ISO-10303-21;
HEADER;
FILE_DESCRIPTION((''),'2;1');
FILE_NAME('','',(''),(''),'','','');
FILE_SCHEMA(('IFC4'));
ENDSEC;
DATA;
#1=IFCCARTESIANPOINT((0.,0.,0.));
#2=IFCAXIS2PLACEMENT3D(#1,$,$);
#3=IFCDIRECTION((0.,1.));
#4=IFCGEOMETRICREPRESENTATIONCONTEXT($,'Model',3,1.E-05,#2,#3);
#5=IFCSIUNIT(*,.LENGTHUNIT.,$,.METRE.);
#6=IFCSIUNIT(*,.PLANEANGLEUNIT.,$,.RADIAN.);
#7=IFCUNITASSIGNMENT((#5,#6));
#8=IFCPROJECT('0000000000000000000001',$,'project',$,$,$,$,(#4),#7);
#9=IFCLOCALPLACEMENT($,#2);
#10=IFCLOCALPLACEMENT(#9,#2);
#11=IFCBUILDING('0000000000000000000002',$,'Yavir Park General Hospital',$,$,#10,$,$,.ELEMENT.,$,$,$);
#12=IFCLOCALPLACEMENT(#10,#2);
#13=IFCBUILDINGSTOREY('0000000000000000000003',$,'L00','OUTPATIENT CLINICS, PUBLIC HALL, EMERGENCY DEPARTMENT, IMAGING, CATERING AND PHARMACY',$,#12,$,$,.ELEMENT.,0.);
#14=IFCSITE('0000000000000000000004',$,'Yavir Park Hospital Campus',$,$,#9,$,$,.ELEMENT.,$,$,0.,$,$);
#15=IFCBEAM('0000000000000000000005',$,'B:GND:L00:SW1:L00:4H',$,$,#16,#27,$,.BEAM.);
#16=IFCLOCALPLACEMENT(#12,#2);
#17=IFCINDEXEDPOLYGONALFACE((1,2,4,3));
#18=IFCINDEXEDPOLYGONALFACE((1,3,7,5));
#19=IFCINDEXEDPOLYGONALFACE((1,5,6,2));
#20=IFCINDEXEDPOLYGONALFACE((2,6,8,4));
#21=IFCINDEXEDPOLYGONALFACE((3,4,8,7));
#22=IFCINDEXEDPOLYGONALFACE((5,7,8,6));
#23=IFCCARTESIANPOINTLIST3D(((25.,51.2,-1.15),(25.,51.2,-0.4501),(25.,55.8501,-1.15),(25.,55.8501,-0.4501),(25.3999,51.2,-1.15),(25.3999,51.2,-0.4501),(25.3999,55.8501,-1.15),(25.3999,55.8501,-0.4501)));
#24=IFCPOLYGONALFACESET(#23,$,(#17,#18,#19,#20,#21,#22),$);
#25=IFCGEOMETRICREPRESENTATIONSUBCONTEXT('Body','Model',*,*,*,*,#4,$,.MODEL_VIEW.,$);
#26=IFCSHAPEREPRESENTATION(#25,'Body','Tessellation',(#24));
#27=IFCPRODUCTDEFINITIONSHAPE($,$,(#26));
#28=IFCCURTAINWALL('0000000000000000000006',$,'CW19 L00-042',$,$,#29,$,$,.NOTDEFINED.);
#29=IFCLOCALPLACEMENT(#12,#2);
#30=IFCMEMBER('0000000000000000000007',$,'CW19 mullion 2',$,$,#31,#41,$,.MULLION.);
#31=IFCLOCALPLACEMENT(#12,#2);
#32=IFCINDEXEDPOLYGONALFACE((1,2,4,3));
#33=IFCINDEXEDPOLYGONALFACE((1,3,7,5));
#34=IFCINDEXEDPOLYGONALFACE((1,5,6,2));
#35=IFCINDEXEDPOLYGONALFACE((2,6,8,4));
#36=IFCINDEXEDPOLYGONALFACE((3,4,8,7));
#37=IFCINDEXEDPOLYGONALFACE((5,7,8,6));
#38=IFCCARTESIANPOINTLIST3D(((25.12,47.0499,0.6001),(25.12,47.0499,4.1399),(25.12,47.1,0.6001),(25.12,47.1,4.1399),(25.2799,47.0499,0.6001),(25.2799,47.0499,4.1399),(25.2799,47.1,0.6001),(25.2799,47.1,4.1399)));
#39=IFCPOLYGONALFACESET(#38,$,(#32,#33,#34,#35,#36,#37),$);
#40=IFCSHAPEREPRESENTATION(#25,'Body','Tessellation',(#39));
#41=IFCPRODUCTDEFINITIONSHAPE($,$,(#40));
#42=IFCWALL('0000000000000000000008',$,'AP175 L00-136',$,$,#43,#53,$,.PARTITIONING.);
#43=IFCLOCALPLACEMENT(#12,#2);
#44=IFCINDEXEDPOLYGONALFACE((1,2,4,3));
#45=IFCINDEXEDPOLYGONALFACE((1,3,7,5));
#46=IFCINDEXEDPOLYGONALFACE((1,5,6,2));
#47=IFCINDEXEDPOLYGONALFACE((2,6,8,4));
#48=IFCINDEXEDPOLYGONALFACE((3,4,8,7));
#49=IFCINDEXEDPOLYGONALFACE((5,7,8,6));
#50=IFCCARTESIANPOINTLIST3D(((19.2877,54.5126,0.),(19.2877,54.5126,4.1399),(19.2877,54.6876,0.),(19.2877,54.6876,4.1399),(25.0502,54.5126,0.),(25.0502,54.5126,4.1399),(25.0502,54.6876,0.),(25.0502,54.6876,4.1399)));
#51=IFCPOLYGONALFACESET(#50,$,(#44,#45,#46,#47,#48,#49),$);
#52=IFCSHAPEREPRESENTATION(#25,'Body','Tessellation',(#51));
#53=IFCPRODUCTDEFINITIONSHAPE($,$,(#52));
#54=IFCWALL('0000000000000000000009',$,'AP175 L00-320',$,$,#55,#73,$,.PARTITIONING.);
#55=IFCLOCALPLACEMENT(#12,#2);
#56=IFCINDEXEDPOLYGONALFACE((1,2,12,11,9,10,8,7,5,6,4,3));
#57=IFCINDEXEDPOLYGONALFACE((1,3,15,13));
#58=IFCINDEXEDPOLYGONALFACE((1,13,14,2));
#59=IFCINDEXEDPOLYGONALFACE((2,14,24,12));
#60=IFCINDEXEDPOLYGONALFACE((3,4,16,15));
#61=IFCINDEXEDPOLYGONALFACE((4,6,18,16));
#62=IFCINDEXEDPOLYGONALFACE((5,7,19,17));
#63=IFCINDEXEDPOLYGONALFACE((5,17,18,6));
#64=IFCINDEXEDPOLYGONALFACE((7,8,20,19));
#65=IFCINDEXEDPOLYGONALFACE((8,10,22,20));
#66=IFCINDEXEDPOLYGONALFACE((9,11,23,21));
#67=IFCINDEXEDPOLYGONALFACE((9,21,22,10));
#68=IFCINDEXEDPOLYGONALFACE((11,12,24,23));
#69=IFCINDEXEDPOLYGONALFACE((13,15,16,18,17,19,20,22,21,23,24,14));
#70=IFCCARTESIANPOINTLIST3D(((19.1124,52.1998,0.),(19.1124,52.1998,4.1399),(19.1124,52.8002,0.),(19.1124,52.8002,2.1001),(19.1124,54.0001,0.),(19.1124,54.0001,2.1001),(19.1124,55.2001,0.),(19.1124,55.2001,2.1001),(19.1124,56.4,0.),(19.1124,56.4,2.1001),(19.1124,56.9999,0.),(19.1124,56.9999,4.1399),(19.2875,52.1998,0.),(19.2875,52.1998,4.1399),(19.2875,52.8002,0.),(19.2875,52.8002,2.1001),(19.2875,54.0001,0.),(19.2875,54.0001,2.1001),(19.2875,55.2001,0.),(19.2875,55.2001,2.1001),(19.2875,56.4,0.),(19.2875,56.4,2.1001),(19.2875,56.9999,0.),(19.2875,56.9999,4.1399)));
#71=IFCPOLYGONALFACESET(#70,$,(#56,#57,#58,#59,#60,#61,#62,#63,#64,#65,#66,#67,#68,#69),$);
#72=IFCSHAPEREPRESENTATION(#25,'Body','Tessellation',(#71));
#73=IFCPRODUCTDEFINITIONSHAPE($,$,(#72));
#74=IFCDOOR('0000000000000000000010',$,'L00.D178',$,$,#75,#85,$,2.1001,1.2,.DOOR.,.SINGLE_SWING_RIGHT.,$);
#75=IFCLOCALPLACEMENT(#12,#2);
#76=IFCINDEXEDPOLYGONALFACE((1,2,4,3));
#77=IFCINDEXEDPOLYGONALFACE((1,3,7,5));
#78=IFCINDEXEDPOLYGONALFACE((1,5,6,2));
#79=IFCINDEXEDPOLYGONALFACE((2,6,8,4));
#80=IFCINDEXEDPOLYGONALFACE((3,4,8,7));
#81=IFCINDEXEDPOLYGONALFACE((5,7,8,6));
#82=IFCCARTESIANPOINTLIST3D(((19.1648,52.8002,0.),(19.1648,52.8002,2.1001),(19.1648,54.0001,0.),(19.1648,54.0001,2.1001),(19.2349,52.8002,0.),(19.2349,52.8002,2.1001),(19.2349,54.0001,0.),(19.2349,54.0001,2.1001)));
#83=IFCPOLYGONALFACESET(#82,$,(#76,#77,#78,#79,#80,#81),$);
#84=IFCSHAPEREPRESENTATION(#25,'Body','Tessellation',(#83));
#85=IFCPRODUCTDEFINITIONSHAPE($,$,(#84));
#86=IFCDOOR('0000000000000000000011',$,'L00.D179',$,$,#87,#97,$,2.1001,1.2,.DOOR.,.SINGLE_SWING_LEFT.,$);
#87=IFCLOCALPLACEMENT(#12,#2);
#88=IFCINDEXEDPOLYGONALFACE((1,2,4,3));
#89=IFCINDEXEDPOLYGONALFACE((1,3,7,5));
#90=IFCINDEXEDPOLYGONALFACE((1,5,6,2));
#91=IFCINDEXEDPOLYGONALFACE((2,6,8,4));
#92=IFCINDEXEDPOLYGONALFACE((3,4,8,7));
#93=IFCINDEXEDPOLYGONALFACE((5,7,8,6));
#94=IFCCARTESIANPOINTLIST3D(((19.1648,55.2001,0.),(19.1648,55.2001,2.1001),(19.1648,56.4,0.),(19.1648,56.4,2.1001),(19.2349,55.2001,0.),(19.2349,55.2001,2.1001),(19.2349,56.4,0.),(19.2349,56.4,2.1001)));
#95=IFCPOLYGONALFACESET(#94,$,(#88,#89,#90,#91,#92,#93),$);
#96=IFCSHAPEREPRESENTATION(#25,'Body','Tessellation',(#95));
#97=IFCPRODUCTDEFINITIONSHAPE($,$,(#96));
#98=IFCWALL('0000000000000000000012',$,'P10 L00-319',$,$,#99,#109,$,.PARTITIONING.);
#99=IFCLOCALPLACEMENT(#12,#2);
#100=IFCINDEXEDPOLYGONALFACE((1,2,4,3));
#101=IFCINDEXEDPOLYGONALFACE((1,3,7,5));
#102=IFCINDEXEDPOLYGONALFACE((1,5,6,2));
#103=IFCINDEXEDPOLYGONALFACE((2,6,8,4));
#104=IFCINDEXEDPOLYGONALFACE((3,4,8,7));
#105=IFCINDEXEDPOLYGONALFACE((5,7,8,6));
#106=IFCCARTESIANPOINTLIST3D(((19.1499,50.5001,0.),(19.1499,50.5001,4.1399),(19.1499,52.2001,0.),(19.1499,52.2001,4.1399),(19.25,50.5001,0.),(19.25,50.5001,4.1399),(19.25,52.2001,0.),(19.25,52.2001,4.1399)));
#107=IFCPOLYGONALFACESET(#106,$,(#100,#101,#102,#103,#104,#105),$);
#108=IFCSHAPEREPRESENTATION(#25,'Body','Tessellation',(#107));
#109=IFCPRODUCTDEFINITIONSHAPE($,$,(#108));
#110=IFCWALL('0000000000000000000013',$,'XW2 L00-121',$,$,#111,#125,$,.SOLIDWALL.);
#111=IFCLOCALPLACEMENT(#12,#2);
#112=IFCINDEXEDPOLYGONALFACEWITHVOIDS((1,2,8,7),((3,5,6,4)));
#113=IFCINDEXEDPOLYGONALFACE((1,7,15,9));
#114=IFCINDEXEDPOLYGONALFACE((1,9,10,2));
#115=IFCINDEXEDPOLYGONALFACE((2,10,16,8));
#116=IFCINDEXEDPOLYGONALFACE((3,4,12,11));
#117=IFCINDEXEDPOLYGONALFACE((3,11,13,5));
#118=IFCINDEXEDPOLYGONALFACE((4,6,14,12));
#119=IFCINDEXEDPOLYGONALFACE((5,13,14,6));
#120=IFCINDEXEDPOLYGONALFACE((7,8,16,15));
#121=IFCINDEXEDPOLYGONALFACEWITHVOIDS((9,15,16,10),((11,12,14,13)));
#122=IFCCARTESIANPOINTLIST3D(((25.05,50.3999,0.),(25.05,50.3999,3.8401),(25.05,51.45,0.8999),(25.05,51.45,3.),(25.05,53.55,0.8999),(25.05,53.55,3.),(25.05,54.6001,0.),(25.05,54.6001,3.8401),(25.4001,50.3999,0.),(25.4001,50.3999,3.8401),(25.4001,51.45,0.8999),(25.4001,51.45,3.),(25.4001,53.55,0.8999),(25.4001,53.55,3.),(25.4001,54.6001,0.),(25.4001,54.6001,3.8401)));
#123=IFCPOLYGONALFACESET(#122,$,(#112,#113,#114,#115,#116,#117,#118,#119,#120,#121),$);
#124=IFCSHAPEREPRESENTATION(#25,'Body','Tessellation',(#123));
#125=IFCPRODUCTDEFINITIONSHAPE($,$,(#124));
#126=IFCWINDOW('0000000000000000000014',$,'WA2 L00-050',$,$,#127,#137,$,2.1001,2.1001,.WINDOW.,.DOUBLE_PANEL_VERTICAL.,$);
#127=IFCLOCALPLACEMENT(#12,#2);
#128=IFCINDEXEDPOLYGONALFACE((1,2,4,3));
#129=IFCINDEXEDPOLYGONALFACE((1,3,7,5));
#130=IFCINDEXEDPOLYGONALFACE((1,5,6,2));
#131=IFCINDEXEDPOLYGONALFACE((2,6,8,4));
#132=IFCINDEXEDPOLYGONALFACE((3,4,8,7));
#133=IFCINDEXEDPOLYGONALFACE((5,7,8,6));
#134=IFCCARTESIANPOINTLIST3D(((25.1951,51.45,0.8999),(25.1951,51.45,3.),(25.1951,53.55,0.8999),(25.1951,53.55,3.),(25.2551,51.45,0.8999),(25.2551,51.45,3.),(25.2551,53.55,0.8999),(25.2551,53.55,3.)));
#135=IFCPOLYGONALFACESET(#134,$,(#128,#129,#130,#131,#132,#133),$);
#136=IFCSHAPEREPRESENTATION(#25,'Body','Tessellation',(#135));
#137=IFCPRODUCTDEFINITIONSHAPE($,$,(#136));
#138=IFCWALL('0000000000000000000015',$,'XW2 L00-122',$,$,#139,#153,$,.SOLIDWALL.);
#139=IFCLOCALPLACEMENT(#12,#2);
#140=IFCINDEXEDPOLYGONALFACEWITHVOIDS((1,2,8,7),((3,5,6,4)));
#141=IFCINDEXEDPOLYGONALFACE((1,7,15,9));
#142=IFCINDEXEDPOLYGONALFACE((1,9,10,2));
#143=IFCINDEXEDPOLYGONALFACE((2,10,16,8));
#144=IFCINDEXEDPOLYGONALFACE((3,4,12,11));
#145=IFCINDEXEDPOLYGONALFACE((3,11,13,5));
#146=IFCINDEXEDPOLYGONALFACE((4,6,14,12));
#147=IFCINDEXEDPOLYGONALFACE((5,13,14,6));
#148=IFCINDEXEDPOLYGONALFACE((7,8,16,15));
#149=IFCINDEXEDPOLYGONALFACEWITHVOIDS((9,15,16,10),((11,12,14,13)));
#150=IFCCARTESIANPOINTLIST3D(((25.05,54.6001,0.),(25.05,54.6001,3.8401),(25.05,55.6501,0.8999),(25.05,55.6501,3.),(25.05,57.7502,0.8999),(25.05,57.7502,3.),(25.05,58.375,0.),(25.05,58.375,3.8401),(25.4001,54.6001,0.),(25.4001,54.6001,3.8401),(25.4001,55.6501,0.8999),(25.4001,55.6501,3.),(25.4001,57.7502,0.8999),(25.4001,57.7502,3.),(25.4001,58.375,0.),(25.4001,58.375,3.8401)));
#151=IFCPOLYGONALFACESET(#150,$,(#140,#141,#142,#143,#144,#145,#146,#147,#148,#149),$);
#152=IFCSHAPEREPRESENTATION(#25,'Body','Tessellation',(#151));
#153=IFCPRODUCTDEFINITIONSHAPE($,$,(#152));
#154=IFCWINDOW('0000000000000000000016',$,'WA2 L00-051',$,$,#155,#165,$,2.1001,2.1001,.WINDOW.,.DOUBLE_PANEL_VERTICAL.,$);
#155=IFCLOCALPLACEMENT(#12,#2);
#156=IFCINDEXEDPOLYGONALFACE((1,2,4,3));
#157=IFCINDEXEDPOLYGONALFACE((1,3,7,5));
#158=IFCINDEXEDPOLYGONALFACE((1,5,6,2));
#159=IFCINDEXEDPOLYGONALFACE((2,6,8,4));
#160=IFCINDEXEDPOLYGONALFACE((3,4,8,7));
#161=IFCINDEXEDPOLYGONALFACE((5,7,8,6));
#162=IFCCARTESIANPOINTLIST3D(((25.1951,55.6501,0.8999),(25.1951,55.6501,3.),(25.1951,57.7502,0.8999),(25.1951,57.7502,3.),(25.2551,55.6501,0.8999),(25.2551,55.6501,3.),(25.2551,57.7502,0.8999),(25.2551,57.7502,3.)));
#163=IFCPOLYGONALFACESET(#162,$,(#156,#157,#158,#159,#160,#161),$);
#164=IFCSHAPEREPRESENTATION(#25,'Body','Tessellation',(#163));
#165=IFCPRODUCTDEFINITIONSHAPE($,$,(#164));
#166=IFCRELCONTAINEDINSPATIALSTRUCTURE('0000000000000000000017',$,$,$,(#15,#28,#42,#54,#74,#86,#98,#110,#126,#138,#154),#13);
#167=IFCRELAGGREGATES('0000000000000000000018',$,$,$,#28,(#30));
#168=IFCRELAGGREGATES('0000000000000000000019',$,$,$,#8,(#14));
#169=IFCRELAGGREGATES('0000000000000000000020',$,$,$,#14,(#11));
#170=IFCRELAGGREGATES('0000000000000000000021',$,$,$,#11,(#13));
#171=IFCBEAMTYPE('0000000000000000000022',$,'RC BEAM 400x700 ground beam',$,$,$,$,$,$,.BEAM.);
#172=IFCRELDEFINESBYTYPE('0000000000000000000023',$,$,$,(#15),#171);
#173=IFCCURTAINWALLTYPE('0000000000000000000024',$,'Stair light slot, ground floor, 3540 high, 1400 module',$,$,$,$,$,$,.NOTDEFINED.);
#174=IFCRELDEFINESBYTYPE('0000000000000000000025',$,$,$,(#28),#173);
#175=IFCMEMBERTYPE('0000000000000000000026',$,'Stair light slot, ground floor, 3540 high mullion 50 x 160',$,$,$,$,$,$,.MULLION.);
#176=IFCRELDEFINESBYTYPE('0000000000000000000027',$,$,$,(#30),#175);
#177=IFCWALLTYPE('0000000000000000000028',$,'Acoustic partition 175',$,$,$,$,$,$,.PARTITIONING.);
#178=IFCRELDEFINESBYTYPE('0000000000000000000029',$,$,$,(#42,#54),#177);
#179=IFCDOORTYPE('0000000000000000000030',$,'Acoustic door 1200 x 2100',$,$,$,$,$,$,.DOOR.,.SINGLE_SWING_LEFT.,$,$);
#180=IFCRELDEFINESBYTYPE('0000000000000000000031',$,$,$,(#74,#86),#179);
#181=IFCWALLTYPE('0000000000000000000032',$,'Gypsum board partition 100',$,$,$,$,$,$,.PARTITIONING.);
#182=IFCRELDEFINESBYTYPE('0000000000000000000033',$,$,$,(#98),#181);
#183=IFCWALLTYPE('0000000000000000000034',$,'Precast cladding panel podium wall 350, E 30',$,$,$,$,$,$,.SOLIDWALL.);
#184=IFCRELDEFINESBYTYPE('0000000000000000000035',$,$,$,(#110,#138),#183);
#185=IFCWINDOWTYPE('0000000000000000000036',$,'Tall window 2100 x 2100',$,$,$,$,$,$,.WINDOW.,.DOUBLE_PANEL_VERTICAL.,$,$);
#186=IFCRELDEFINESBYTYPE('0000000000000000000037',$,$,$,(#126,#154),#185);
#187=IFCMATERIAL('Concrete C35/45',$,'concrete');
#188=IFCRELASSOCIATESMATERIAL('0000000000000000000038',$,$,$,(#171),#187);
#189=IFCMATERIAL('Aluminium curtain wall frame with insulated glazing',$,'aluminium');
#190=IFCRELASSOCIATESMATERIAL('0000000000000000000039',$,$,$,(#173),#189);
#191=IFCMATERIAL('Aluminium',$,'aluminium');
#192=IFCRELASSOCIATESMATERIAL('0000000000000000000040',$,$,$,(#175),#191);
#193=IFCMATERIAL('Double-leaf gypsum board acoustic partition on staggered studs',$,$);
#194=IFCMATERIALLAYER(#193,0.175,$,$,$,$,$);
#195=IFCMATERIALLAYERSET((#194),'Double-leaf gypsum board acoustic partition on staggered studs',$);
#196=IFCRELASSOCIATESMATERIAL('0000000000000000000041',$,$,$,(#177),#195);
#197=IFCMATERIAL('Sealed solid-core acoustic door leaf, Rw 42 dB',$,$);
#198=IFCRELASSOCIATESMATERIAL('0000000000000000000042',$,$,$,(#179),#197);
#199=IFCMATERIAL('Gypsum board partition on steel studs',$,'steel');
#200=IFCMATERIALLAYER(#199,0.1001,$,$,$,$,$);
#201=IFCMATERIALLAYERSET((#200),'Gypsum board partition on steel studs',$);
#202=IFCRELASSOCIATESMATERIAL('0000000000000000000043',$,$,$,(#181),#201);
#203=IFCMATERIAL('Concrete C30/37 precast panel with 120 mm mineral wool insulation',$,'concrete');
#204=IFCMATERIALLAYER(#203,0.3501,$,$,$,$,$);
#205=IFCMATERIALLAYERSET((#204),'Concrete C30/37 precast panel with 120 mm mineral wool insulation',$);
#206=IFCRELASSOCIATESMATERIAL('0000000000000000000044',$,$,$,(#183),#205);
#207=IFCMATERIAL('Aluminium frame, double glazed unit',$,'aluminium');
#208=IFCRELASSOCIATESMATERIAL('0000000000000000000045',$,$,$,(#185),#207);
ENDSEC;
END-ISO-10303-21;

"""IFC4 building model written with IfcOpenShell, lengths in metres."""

from ifc_helpers import new_model, si_unit, direction, frame, frame_2d, origin, origin_2d, place, context, subcontext, project, spatial, rectangle, extrude, material, layer, layer_set, material_profile, profile_set, type_object, element, fill, aggregate, save


model = new_model("IFC4")

# Units and contexts
model_context = context("Model", 3, precision=1e-05, world=origin(), true_north=direction((0.0, 1.0)))
body_context = subcontext(model_context, "Body", "Model", "MODEL_VIEW")
ifc_project = project(units=[si_unit("LENGTHUNIT", "METRE"), si_unit("PLANEANGLEUNIT", "RADIAN")], contexts=[model_context])

# Site, building, storey
site_placement = place(None, origin())
site = spatial("IfcSite", under=ifc_project, at=site_placement, Name="Yavir Park Hospital Campus", CompositionType="ELEMENT", RefElevation=0.0)
building_placement = place(site_placement, origin())
building = spatial("IfcBuilding", under=site, at=building_placement, Name="Yavir Park General Hospital", CompositionType="ELEMENT")
storey_placement = place(building_placement, origin())
storey = spatial("IfcBuildingStorey", under=building, at=storey_placement, Name="L00", Description="OUTPATIENT CLINICS, PUBLIC HALL, EMERGENCY DEPARTMENT, IMAGING, CATERING AND PHARMACY", CompositionType="ELEMENT", Elevation=0.0)

# Beam
ifc_material_1 = material(Name="Concrete C35/45", Category="concrete")
ifc_material_profile_1 = material_profile(ifc_material_1, rectangle(XDim=0.3999, YDim=0.7, at=origin_2d()), Name="RC400x700")
ifc_profile_set_1 = profile_set([ifc_material_profile_1], Name="Concrete C35/45")
beam_type_1 = type_object("IfcBeamType", Name="RC BEAM 400x700 ground beam", PredefinedType="BEAM", material=ifc_profile_set_1)
beam_1_placement = place(storey_placement, frame((25.2, 51.2, -0.8), z_axis=(0.0, 1.0, 0.0), x_axis=(-1.0, 0.0, 0.0)))
element("IfcBeam", 1, at=beam_1_placement, inside=storey, type_object=beam_type_1, Name="B:GND:L00:SW1:L00:4H", PredefinedType="BEAM", context=body_context, shape_type="SweptSolid", body=[
    extrude(rectangle(XDim=0.3999, YDim=0.7, at=origin_2d()), origin(), (0.0, 0.0, 1.0), 4.6501),
])

# Curtain wall, member
ifc_material_2 = material(Name="Aluminium curtain wall frame with insulated glazing", Category="aluminium")
curtain_wall_type = type_object("IfcCurtainWallType", Name="Stair light slot, ground floor, 3540 high, 1400 module", PredefinedType="NOTDEFINED", material=ifc_material_2)
curtain_wall_placement = place(storey_placement, origin())
curtain_wall = element("IfcCurtainWall", 2, at=curtain_wall_placement, inside=storey, type_object=curtain_wall_type, Name="CW19 L00-042", PredefinedType="NOTDEFINED")
ifc_material_3 = material(Name="Aluminium", Category="aluminium")
ifc_material_profile_2 = material_profile(ifc_material_3, rectangle(XDim=0.1599, YDim=0.05, at=origin_2d()), Name="AL 50x160")
ifc_profile_set_2 = profile_set([ifc_material_profile_2], Name="Aluminium")
member_type = type_object("IfcMemberType", Name="Stair light slot, ground floor, 3540 high mullion 50 x 160", PredefinedType="MULLION", material=ifc_profile_set_2)
member_placement = place(storey_placement, frame((25.2, 47.075, 0.6001), z_axis=(0.0, 0.0, 1.0), x_axis=(-1.0, 0.0, 0.0)))
member = element("IfcMember", 3, at=member_placement, type_object=member_type, Name="CW19 mullion 2", PredefinedType="MULLION", context=body_context, shape_type="SweptSolid", body=[
    extrude(rectangle(XDim=0.1599, YDim=0.05, at=origin_2d()), origin(), (0.0, 0.0, 1.0), 3.5398),
])
aggregate(curtain_wall, [member])

# Wall
ifc_material_4 = material(Name="Double-leaf gypsum board acoustic partition on staggered studs")
ifc_layer_1 = layer(ifc_material_4, 0.175)
ifc_layer_set_1 = layer_set([ifc_layer_1], Name="Double-leaf gypsum board acoustic partition on staggered studs")
wall_type_1 = type_object("IfcWallType", Name="Acoustic partition 175", PredefinedType="PARTITIONING", material=ifc_layer_set_1)
wall_1_placement = place(storey_placement, frame((19.2876, 54.6001, 0.0), z_axis=(0.0, 0.0, 1.0), x_axis=(1.0, 0.0, 0.0)))
element("IfcWall", 4, at=wall_1_placement, inside=storey, type_object=wall_type_1, Name="AP175 L00-136", PredefinedType="PARTITIONING", context=body_context, shape_type="SweptSolid", body=[
    extrude(rectangle(XDim=5.7625, YDim=0.175, at=frame_2d((2.8813, 0.0))), origin(), (0.0, 0.0, 1.0), 4.1399),
])

# Wall, openings, doors
wall_2_placement = place(storey_placement, frame((19.2, 52.2, 0.0), z_axis=(0.0, 0.0, 1.0), x_axis=(0.0, 1.0, 0.0)))
wall_2 = element("IfcWall", 5, at=wall_2_placement, inside=storey, type_object=wall_type_1, Name="AP175 L00-320", PredefinedType="PARTITIONING", context=body_context, shape_type="SweptSolid", body=[
    extrude(rectangle(XDim=4.8, YDim=0.175, at=frame_2d((2.3999, 0.0))), origin(), (0.0, 0.0, 1.0), 4.1399),
])
opening_1_placement = place(wall_2_placement, frame((0.6001, 0.0, 0.0)))
opening_1 = element("IfcOpeningElement", 6, at=opening_1_placement, cuts=wall_2, PredefinedType="OPENING", context=body_context, shape_type="SweptSolid", body=[
    extrude(rectangle(XDim=1.2, YDim=2.1001, at=frame_2d((0.6001, 1.05))), frame((0.0, 0.0974, 0.0), z_axis=(0.0, -1.0, 0.0), x_axis=(1.0, 0.0, 0.0)), (0.0, 0.0, 1.0), 0.1951),
])
opening_2_placement = place(wall_2_placement, frame((3.0, 0.0, 0.0)))
opening_2 = element("IfcOpeningElement", 7, at=opening_2_placement, cuts=wall_2, PredefinedType="OPENING", context=body_context, shape_type="SweptSolid", body=[
    extrude(rectangle(XDim=1.2, YDim=2.1001, at=frame_2d((0.6001, 1.05))), frame((0.0, 0.0974, 0.0), z_axis=(0.0, -1.0, 0.0), x_axis=(1.0, 0.0, 0.0)), (0.0, 0.0, 1.0), 0.1951),
])
ifc_material_5 = material(Name="Sealed solid-core acoustic door leaf, Rw 42 dB")
door_type = type_object("IfcDoorType", Name="Acoustic door 1200 x 2100", OperationType="SINGLE_SWING_LEFT", PredefinedType="DOOR", material=ifc_material_5)
door_1_placement = place(opening_1_placement, origin())
door_1 = element("IfcDoor", 8, at=door_1_placement, inside=storey, type_object=door_type, Name="L00.D178", OperationType="SINGLE_SWING_RIGHT", OverallHeight=2.1001, OverallWidth=1.2, PredefinedType="DOOR", context=body_context, shape_type="SweptSolid", body=[
    extrude(rectangle(XDim=1.2, YDim=2.1001, at=frame_2d((0.6001, 1.05))), frame((0.0, 0.0352, 0.0), z_axis=(0.0, -1.0, 0.0), x_axis=(1.0, 0.0, 0.0)), (0.0, 0.0, 1.0), 0.0701),
])
fill(opening_1, door_1)
door_2_placement = place(opening_2_placement, origin())
door_2 = element("IfcDoor", 9, at=door_2_placement, inside=storey, type_object=door_type, Name="L00.D179", OperationType="SINGLE_SWING_LEFT", OverallHeight=2.1001, OverallWidth=1.2, PredefinedType="DOOR", context=body_context, shape_type="SweptSolid", body=[
    extrude(rectangle(XDim=1.2, YDim=2.1001, at=frame_2d((0.6001, 1.05))), frame((0.0, 0.0352, 0.0), z_axis=(0.0, -1.0, 0.0), x_axis=(1.0, 0.0, 0.0)), (0.0, 0.0, 1.0), 0.0701),
])
fill(opening_2, door_2)

# Wall
ifc_material_6 = material(Name="Gypsum board partition on steel studs", Category="steel")
ifc_layer_2 = layer(ifc_material_6, 0.1001)
ifc_layer_set_2 = layer_set([ifc_layer_2], Name="Gypsum board partition on steel studs")
wall_type_2 = type_object("IfcWallType", Name="Gypsum board partition 100", PredefinedType="PARTITIONING", material=ifc_layer_set_2)
wall_3_placement = place(storey_placement, frame((19.2, 50.5, 0.0), z_axis=(0.0, 0.0, 1.0), x_axis=(0.0, 1.0, 0.0)))
element("IfcWall", 10, at=wall_3_placement, inside=storey, type_object=wall_type_2, Name="P10 L00-319", PredefinedType="PARTITIONING", context=body_context, shape_type="SweptSolid", body=[
    extrude(rectangle(XDim=1.7, YDim=0.1001, at=frame_2d((0.8501, 0.0))), origin(), (0.0, 0.0, 1.0), 4.1399),
])

# Walls, openings, windows
ifc_material_7 = material(Name="Concrete C30/37 precast panel with 120 mm mineral wool insulation", Category="concrete")
ifc_layer_3 = layer(ifc_material_7, 0.3501)
ifc_layer_set_3 = layer_set([ifc_layer_3], Name="Concrete C30/37 precast panel with 120 mm mineral wool insulation")
wall_type_3 = type_object("IfcWallType", Name="Precast cladding panel podium wall 350, E 30", PredefinedType="SOLIDWALL", material=ifc_layer_set_3)
wall_4_placement = place(storey_placement, frame((25.2251, 50.3999, 0.0), z_axis=(0.0, 0.0, 1.0), x_axis=(0.0, 1.0, 0.0)))
wall_4 = element("IfcWall", 11, at=wall_4_placement, inside=storey, type_object=wall_type_3, Name="XW2 L00-121", PredefinedType="SOLIDWALL", context=body_context, shape_type="SweptSolid", body=[
    extrude(rectangle(XDim=4.2002, YDim=0.3501, at=frame_2d((2.1001, 0.0))), origin(), (0.0, 0.0, 1.0), 3.8401),
])
opening_3_placement = place(wall_4_placement, frame((1.05, 0.0, 0.8999)))
opening_3 = element("IfcOpeningElement", 12, at=opening_3_placement, cuts=wall_4, PredefinedType="OPENING", context=body_context, shape_type="SweptSolid", body=[
    extrude(rectangle(XDim=2.1001, YDim=2.1001, at=frame_2d((1.05, 1.05))), frame((0.0, 0.1851, 0.0), z_axis=(0.0, -1.0, 0.0), x_axis=(1.0, 0.0, 0.0)), (0.0, 0.0, 1.0), 0.3701),
])
ifc_material_8 = material(Name="Aluminium frame, double glazed unit", Category="aluminium")
window_type = type_object("IfcWindowType", Name="Tall window 2100 x 2100", PartitioningType="DOUBLE_PANEL_VERTICAL", PredefinedType="WINDOW", material=ifc_material_8)
window_1_placement = place(opening_3_placement, origin())
window_1 = element("IfcWindow", 13, at=window_1_placement, inside=storey, type_object=window_type, Name="WA2 L00-050", OverallHeight=2.1001, OverallWidth=2.1001, PartitioningType="DOUBLE_PANEL_VERTICAL", PredefinedType="WINDOW", context=body_context, shape_type="SweptSolid", body=[
    extrude(rectangle(XDim=2.1001, YDim=2.1001, at=frame_2d((1.05, 1.05))), frame((0.0, 0.03, 0.0), z_axis=(0.0, -1.0, 0.0), x_axis=(1.0, 0.0, 0.0)), (0.0, 0.0, 1.0), 0.0601),
])
fill(opening_3, window_1)
wall_5_placement = place(storey_placement, frame((25.2251, 54.6001, 0.0), z_axis=(0.0, 0.0, 1.0), x_axis=(0.0, 1.0, 0.0)))
wall_5 = element("IfcWall", 14, at=wall_5_placement, inside=storey, type_object=wall_type_3, Name="XW2 L00-122", PredefinedType="SOLIDWALL", context=body_context, shape_type="SweptSolid", body=[
    extrude(rectangle(XDim=3.7749, YDim=0.3501, at=frame_2d((1.8875, 0.0))), origin(), (0.0, 0.0, 1.0), 3.8401),
])
opening_4_placement = place(wall_5_placement, frame((1.05, 0.0, 0.8999)))
opening_4 = element("IfcOpeningElement", 15, at=opening_4_placement, cuts=wall_5, PredefinedType="OPENING", context=body_context, shape_type="SweptSolid", body=[
    extrude(rectangle(XDim=2.1001, YDim=2.1001, at=frame_2d((1.05, 1.05))), frame((0.0, 0.1851, 0.0), z_axis=(0.0, -1.0, 0.0), x_axis=(1.0, 0.0, 0.0)), (0.0, 0.0, 1.0), 0.3701),
])
window_2_placement = place(opening_4_placement, origin())
window_2 = element("IfcWindow", 16, at=window_2_placement, inside=storey, type_object=window_type, Name="WA2 L00-051", OverallHeight=2.1001, OverallWidth=2.1001, PartitioningType="DOUBLE_PANEL_VERTICAL", PredefinedType="WINDOW", context=body_context, shape_type="SweptSolid", body=[
    extrude(rectangle(XDim=2.1001, YDim=2.1001, at=frame_2d((1.05, 1.05))), frame((0.0, 0.03, 0.0), z_axis=(0.0, -1.0, 0.0), x_axis=(1.0, 0.0, 0.0)), (0.0, 0.0, 1.0), 0.0601),
])
fill(opening_4, window_2)

save(model, "model.ifc")
